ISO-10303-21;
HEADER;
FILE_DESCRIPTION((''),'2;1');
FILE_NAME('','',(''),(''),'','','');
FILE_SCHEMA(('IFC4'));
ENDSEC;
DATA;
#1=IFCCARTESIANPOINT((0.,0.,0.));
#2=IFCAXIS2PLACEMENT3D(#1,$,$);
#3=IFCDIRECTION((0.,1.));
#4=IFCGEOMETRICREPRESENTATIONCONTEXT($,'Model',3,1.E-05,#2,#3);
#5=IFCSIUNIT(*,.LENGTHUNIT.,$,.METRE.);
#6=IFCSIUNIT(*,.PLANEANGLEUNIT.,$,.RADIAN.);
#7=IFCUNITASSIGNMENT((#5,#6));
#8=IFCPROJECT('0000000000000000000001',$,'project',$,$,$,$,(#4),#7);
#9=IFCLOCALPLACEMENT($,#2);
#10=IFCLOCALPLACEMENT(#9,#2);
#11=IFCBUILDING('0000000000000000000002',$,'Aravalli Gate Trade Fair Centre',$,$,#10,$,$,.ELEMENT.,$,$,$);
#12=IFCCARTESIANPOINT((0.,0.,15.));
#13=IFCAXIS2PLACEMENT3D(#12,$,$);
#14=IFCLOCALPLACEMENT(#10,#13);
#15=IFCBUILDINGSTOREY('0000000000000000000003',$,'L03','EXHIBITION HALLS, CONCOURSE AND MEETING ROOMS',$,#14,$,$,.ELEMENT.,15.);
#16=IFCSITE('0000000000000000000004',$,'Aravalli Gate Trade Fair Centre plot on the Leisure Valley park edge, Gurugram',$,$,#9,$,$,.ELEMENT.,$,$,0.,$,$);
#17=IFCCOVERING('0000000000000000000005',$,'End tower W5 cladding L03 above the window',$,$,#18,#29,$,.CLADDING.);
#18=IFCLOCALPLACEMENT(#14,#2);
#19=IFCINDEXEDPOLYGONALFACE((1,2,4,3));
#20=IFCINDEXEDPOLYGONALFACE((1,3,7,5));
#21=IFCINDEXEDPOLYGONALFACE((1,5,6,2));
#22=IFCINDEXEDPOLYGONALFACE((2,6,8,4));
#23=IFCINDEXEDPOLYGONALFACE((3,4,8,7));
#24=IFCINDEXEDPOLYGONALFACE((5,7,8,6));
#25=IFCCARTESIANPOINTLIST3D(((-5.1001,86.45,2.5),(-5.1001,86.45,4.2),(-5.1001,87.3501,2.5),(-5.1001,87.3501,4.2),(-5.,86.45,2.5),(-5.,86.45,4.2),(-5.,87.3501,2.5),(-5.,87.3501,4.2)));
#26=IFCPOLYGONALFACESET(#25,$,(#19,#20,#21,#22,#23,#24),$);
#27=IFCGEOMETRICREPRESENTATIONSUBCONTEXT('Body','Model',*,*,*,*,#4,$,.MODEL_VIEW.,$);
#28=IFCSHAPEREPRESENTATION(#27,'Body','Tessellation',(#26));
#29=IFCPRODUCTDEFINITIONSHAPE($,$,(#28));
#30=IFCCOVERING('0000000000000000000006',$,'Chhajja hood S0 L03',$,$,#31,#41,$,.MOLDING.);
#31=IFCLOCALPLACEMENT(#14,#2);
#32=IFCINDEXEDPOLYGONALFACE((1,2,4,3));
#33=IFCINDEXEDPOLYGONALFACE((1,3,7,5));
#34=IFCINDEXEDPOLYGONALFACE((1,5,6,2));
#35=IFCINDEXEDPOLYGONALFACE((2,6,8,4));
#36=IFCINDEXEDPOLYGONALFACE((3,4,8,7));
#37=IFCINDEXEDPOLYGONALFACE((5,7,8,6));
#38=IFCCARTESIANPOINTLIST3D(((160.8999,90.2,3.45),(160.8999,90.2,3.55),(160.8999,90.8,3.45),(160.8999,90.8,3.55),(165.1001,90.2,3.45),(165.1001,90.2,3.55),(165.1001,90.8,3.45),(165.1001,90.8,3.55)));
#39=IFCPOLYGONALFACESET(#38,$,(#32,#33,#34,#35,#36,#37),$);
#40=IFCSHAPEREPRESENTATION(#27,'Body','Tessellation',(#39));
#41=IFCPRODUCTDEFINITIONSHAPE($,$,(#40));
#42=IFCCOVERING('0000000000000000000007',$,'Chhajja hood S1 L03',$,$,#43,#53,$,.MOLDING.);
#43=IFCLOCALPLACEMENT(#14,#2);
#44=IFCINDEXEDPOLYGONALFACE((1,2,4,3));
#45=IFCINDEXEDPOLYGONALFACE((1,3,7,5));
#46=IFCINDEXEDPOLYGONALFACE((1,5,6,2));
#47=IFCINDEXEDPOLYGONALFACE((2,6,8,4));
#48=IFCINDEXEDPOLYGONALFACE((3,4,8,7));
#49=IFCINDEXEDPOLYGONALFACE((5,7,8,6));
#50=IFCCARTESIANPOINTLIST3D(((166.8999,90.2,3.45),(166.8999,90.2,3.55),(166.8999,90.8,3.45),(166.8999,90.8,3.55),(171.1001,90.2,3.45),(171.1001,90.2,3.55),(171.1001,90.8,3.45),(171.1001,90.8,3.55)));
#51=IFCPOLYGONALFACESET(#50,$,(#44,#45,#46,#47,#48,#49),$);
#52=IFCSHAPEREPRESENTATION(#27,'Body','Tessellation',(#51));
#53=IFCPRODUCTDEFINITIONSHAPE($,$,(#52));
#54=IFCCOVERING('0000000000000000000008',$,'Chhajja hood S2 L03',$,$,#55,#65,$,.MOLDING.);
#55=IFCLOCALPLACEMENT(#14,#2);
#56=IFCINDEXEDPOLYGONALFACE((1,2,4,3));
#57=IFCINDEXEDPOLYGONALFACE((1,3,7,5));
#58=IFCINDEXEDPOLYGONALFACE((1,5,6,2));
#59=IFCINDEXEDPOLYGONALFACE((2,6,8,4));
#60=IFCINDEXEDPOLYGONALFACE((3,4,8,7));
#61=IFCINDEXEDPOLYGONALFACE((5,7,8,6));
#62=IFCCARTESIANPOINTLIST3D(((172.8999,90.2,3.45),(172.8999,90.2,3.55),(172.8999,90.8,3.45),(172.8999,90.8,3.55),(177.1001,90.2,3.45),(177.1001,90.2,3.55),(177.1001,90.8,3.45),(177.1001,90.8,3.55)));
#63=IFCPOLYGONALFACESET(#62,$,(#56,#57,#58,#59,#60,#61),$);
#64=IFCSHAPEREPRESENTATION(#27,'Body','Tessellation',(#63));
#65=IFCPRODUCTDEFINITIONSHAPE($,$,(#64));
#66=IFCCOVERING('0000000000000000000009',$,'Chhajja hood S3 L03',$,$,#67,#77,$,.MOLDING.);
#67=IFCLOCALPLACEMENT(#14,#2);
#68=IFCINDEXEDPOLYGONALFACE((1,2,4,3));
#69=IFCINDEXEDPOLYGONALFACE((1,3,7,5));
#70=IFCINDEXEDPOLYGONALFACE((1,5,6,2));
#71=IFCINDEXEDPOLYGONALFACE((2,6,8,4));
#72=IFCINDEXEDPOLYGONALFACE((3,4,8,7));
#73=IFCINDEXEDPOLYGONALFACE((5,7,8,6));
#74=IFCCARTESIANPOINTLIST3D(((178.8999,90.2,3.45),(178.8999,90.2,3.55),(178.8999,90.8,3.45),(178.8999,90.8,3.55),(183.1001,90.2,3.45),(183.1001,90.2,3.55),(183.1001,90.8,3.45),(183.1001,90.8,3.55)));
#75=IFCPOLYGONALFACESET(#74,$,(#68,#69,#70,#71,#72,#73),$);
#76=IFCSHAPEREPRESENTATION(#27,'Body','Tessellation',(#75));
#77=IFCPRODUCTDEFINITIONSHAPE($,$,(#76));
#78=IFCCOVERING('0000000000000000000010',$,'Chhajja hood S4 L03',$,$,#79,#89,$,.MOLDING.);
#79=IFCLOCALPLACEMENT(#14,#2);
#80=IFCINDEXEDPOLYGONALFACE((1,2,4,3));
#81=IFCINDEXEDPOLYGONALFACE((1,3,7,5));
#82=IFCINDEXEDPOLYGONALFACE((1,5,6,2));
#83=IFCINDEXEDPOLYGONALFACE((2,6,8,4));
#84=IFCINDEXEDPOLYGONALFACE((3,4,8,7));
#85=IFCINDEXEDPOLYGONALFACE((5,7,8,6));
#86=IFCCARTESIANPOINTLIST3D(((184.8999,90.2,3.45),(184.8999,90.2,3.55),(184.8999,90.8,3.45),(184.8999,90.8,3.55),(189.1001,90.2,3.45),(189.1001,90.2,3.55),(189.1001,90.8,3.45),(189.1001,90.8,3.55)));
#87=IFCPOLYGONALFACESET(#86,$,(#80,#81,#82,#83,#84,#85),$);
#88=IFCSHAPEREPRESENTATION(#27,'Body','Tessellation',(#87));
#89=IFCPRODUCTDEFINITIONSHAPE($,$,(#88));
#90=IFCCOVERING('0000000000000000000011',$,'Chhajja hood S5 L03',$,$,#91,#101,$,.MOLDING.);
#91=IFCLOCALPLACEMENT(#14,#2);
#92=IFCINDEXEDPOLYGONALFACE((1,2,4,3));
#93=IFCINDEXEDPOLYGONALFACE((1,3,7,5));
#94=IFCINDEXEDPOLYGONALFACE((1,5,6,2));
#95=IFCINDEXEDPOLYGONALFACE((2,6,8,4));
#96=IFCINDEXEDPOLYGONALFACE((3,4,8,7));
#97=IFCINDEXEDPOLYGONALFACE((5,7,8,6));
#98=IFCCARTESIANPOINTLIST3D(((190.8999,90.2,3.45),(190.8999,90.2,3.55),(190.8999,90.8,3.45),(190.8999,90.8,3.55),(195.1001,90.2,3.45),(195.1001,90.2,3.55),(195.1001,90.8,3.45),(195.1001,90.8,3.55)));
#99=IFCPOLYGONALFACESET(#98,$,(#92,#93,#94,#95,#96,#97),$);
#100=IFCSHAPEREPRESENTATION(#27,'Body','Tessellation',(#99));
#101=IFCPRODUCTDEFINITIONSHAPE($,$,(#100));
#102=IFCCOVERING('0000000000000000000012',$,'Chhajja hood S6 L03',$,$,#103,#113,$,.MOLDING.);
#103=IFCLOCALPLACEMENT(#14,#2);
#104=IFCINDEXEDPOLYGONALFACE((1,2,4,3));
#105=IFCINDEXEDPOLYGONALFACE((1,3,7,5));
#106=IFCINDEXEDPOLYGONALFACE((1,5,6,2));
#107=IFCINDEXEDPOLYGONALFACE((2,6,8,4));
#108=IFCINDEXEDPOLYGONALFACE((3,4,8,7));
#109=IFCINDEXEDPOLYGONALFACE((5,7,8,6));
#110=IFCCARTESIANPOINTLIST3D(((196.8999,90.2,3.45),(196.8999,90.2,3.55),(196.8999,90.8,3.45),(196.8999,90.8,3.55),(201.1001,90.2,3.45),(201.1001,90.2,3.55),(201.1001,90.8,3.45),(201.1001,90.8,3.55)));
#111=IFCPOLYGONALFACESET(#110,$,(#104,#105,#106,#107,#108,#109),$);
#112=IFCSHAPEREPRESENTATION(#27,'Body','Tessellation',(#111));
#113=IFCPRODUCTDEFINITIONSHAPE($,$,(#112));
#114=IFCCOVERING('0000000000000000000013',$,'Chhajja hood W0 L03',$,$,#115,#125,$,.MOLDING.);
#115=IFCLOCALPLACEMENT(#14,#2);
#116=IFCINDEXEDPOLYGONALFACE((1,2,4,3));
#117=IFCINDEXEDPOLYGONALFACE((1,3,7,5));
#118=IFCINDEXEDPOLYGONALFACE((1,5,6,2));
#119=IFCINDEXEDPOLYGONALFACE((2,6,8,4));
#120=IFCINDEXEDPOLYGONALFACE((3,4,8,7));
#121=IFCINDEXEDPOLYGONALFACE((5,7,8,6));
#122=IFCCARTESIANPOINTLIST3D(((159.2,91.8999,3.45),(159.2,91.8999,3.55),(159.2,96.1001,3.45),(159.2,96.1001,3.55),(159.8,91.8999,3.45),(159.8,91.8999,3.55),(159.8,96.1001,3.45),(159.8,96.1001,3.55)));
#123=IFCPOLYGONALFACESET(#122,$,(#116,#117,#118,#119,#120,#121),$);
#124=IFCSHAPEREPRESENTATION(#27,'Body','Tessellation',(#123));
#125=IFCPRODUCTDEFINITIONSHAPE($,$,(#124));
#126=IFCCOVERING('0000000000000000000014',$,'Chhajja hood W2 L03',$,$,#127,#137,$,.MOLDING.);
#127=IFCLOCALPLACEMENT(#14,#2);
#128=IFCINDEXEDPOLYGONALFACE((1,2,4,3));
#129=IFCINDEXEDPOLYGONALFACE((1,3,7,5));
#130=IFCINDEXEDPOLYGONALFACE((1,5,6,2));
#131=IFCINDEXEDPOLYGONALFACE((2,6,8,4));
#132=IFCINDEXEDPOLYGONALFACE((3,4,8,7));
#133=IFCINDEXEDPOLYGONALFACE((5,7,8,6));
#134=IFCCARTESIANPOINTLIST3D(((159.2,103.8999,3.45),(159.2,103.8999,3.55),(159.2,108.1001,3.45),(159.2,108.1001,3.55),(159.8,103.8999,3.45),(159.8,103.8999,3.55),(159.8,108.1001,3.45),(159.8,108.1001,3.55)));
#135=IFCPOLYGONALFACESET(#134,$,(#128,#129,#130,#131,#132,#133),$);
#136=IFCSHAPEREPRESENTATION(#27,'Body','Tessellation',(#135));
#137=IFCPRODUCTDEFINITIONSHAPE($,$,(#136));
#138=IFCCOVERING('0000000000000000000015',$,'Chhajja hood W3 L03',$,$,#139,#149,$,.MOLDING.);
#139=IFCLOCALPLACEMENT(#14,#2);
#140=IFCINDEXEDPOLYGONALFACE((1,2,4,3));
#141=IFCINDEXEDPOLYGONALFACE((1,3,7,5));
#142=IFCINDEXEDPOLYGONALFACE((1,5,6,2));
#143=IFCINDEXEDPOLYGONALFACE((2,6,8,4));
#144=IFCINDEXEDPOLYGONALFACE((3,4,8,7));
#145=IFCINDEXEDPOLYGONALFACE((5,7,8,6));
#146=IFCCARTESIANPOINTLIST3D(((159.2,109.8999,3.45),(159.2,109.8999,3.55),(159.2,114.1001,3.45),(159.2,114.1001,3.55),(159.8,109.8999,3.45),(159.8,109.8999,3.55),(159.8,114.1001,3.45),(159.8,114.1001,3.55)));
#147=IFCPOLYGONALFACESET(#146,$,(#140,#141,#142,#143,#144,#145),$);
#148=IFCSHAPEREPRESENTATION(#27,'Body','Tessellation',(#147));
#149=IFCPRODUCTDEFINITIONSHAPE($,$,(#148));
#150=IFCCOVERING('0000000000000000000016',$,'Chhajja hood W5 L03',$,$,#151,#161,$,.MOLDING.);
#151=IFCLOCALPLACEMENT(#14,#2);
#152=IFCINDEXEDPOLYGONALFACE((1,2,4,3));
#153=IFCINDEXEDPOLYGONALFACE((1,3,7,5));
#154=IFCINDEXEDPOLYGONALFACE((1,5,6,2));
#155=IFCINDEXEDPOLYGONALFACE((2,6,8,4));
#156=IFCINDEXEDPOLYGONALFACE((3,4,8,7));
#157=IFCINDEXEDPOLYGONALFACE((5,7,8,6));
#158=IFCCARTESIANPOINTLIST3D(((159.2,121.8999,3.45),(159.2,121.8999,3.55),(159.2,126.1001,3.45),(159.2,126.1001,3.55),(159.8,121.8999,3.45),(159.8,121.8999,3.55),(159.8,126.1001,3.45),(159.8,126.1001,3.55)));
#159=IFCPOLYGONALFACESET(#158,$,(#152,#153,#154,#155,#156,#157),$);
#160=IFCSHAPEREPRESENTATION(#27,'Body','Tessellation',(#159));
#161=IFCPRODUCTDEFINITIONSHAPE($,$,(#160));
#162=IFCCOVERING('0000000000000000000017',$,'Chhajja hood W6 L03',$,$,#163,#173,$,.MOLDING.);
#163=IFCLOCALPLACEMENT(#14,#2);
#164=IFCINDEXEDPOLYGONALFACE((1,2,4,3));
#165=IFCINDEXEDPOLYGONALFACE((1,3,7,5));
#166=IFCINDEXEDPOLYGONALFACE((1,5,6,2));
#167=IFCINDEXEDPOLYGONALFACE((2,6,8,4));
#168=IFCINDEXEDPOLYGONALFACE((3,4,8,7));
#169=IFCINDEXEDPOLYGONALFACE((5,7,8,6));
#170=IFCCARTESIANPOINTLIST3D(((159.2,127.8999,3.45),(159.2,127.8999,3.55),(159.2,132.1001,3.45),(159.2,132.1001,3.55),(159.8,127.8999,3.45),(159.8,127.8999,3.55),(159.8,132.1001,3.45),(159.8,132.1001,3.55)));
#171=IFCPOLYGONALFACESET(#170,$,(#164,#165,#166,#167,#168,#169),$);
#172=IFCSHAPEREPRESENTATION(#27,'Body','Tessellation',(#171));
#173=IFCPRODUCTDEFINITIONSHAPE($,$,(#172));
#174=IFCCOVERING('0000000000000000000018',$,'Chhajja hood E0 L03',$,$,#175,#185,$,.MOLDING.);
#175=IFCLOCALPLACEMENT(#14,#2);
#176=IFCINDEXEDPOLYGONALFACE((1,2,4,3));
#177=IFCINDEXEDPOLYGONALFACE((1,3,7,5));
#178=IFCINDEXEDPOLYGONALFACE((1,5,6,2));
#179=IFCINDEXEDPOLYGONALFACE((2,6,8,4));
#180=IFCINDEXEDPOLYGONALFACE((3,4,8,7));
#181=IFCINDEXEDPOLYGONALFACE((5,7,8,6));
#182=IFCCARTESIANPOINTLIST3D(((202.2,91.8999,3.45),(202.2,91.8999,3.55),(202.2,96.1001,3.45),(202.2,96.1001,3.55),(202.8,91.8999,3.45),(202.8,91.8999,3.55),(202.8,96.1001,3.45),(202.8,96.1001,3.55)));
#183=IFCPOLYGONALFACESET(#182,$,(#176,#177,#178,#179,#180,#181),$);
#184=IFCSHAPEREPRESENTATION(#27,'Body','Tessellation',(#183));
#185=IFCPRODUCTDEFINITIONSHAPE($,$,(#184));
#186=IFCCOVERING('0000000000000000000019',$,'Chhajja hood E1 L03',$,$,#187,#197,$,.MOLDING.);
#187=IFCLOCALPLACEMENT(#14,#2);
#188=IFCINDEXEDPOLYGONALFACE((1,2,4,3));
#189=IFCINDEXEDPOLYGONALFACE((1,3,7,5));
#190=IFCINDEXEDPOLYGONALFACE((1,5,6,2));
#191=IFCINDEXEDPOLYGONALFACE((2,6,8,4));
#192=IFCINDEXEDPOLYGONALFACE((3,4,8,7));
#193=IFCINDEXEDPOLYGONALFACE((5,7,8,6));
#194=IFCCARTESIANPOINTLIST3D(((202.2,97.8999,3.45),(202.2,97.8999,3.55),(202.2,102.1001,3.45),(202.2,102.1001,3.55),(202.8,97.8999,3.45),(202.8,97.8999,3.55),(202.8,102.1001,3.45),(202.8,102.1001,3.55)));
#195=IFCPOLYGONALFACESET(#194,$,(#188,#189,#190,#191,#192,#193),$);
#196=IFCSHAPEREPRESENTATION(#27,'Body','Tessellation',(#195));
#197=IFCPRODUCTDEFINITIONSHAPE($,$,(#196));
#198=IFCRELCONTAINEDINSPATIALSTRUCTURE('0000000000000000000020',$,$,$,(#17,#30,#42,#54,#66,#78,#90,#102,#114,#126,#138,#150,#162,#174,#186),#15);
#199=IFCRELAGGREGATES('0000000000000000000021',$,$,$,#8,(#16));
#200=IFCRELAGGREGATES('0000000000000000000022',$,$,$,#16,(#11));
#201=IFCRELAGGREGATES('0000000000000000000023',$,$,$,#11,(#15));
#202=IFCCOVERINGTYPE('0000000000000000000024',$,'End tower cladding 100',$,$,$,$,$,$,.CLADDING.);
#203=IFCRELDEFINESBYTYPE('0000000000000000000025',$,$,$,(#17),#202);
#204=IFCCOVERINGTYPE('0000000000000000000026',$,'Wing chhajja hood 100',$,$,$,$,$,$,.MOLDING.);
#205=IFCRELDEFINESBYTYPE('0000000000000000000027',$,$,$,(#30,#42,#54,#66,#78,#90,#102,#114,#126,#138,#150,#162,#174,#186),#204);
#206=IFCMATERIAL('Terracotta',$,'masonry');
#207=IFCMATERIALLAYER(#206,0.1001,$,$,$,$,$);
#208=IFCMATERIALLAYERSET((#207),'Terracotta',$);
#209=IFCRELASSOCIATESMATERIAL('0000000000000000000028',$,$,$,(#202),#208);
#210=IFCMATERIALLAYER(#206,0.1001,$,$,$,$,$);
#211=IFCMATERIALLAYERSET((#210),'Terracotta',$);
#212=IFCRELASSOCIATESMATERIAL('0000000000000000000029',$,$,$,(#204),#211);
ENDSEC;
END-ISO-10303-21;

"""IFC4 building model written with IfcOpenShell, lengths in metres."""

from ifc_helpers import new_model, si_unit, direction, frame, origin, place, context, subcontext, project, spatial, polyline, outline, extrude, material, layer, layer_set, type_object, element, save


model = new_model("IFC4")

# Units and contexts
model_context = context("Model", 3, precision=1e-05, world=origin(), true_north=direction((0.0, 1.0)))
body_context = subcontext(model_context, "Body", "Model", "MODEL_VIEW")
ifc_project = project(units=[si_unit("LENGTHUNIT", "METRE"), si_unit("PLANEANGLEUNIT", "RADIAN")], contexts=[model_context])

# Site, building, storey
site_placement = place(None, origin())
site = spatial("IfcSite", under=ifc_project, at=site_placement, Name="Aravalli Gate Trade Fair Centre plot on the Leisure Valley park edge, Gurugram", CompositionType="ELEMENT", RefElevation=0.0)
building_placement = place(site_placement, origin())
building = spatial("IfcBuilding", under=site, at=building_placement, Name="Aravalli Gate Trade Fair Centre", CompositionType="ELEMENT")
storey_placement = place(building_placement, frame((0.0, 0.0, 15.0)))
storey = spatial("IfcBuildingStorey", under=building, at=storey_placement, Name="L03", Description="EXHIBITION HALLS, CONCOURSE AND MEETING ROOMS", CompositionType="ELEMENT", Elevation=15.0)

# Coverings
ifc_material_1 = material(Name="Terracotta", Category="masonry")
ifc_layer_1 = layer(ifc_material_1, 0.1001)
ifc_layer_set_1 = layer_set([ifc_layer_1], Name="Terracotta")
covering_type_1 = type_object("IfcCoveringType", Name="End tower cladding 100", PredefinedType="CLADDING", material=ifc_layer_set_1)
covering_1_placement = place(storey_placement, frame((0.0, 0.0, 2.5)))
element("IfcCovering", 1, at=covering_1_placement, inside=storey, type_object=covering_type_1, Name="End tower W5 cladding L03 above the window", PredefinedType="CLADDING", context=body_context, shape_type="SweptSolid", body=[
    extrude(outline(polyline([(-5.0, 86.45), (-5.1001, 86.45), (-5.1001, 87.3501), (-5.0, 87.3501), (-5.0, 86.45)])), origin(), (0.0, 0.0, 1.0), 1.7),
])
ifc_layer_2 = layer(ifc_material_1, 0.1001)
ifc_layer_set_2 = layer_set([ifc_layer_2], Name="Terracotta")
covering_type_2 = type_object("IfcCoveringType", Name="Wing chhajja hood 100", PredefinedType="MOLDING", material=ifc_layer_set_2)
covering_2_placement = place(storey_placement, frame((0.0, 0.0, 3.45)))
element("IfcCovering", 2, at=covering_2_placement, inside=storey, type_object=covering_type_2, Name="Chhajja hood S0 L03", PredefinedType="MOLDING", context=body_context, shape_type="SweptSolid", body=[
    extrude(outline(polyline([(160.8999, 90.2), (165.1001, 90.2), (165.1001, 90.8), (160.8999, 90.8), (160.8999, 90.2)])), origin(), (0.0, 0.0, 1.0), 0.1001),
])
covering_3_placement = place(storey_placement, frame((0.0, 0.0, 3.45)))
element("IfcCovering", 3, at=covering_3_placement, inside=storey, type_object=covering_type_2, Name="Chhajja hood S1 L03", PredefinedType="MOLDING", context=body_context, shape_type="SweptSolid", body=[
    extrude(outline(polyline([(166.8999, 90.2), (171.1001, 90.2), (171.1001, 90.8), (166.8999, 90.8), (166.8999, 90.2)])), origin(), (0.0, 0.0, 1.0), 0.1001),
])
covering_4_placement = place(storey_placement, frame((0.0, 0.0, 3.45)))
element("IfcCovering", 4, at=covering_4_placement, inside=storey, type_object=covering_type_2, Name="Chhajja hood S2 L03", PredefinedType="MOLDING", context=body_context, shape_type="SweptSolid", body=[
    extrude(outline(polyline([(172.8999, 90.2), (177.1001, 90.2), (177.1001, 90.8), (172.8999, 90.8), (172.8999, 90.2)])), origin(), (0.0, 0.0, 1.0), 0.1001),
])
covering_5_placement = place(storey_placement, frame((0.0, 0.0, 3.45)))
element("IfcCovering", 5, at=covering_5_placement, inside=storey, type_object=covering_type_2, Name="Chhajja hood S3 L03", PredefinedType="MOLDING", context=body_context, shape_type="SweptSolid", body=[
    extrude(outline(polyline([(178.8999, 90.2), (183.1001, 90.2), (183.1001, 90.8), (178.8999, 90.8), (178.8999, 90.2)])), origin(), (0.0, 0.0, 1.0), 0.1001),
])
covering_6_placement = place(storey_placement, frame((0.0, 0.0, 3.45)))
element("IfcCovering", 6, at=covering_6_placement, inside=storey, type_object=covering_type_2, Name="Chhajja hood S4 L03", PredefinedType="MOLDING", context=body_context, shape_type="SweptSolid", body=[
    extrude(outline(polyline([(184.8999, 90.2), (189.1001, 90.2), (189.1001, 90.8), (184.8999, 90.8), (184.8999, 90.2)])), origin(), (0.0, 0.0, 1.0), 0.1001),
])
covering_7_placement = place(storey_placement, frame((0.0, 0.0, 3.45)))
element("IfcCovering", 7, at=covering_7_placement, inside=storey, type_object=covering_type_2, Name="Chhajja hood S5 L03", PredefinedType="MOLDING", context=body_context, shape_type="SweptSolid", body=[
    extrude(outline(polyline([(190.8999, 90.2), (195.1001, 90.2), (195.1001, 90.8), (190.8999, 90.8), (190.8999, 90.2)])), origin(), (0.0, 0.0, 1.0), 0.1001),
])
covering_8_placement = place(storey_placement, frame((0.0, 0.0, 3.45)))
element("IfcCovering", 8, at=covering_8_placement, inside=storey, type_object=covering_type_2, Name="Chhajja hood S6 L03", PredefinedType="MOLDING", context=body_context, shape_type="SweptSolid", body=[
    extrude(outline(polyline([(196.8999, 90.2), (201.1001, 90.2), (201.1001, 90.8), (196.8999, 90.8), (196.8999, 90.2)])), origin(), (0.0, 0.0, 1.0), 0.1001),
])
covering_9_placement = place(storey_placement, frame((0.0, 0.0, 3.45)))
element("IfcCovering", 9, at=covering_9_placement, inside=storey, type_object=covering_type_2, Name="Chhajja hood W0 L03", PredefinedType="MOLDING", context=body_context, shape_type="SweptSolid", body=[
    extrude(outline(polyline([(159.2, 91.8999), (159.8, 91.8999), (159.8, 96.1001), (159.2, 96.1001), (159.2, 91.8999)])), origin(), (0.0, 0.0, 1.0), 0.1001),
])
covering_10_placement = place(storey_placement, frame((0.0, 0.0, 3.45)))
element("IfcCovering", 10, at=covering_10_placement, inside=storey, type_object=covering_type_2, Name="Chhajja hood W2 L03", PredefinedType="MOLDING", context=body_context, shape_type="SweptSolid", body=[
    extrude(outline(polyline([(159.2, 103.8999), (159.8, 103.8999), (159.8, 108.1001), (159.2, 108.1001), (159.2, 103.8999)])), origin(), (0.0, 0.0, 1.0), 0.1001),
])
covering_11_placement = place(storey_placement, frame((0.0, 0.0, 3.45)))
element("IfcCovering", 11, at=covering_11_placement, inside=storey, type_object=covering_type_2, Name="Chhajja hood W3 L03", PredefinedType="MOLDING", context=body_context, shape_type="SweptSolid", body=[
    extrude(outline(polyline([(159.2, 109.8999), (159.8, 109.8999), (159.8, 114.1001), (159.2, 114.1001), (159.2, 109.8999)])), origin(), (0.0, 0.0, 1.0), 0.1001),
])
covering_12_placement = place(storey_placement, frame((0.0, 0.0, 3.45)))
element("IfcCovering", 12, at=covering_12_placement, inside=storey, type_object=covering_type_2, Name="Chhajja hood W5 L03", PredefinedType="MOLDING", context=body_context, shape_type="SweptSolid", body=[
    extrude(outline(polyline([(159.2, 121.8999), (159.8, 121.8999), (159.8, 126.1001), (159.2, 126.1001), (159.2, 121.8999)])), origin(), (0.0, 0.0, 1.0), 0.1001),
])
covering_13_placement = place(storey_placement, frame((0.0, 0.0, 3.45)))
element("IfcCovering", 13, at=covering_13_placement, inside=storey, type_object=covering_type_2, Name="Chhajja hood W6 L03", PredefinedType="MOLDING", context=body_context, shape_type="SweptSolid", body=[
    extrude(outline(polyline([(159.2, 127.8999), (159.8, 127.8999), (159.8, 132.1001), (159.2, 132.1001), (159.2, 127.8999)])), origin(), (0.0, 0.0, 1.0), 0.1001),
])
covering_14_placement = place(storey_placement, frame((0.0, 0.0, 3.45)))
element("IfcCovering", 14, at=covering_14_placement, inside=storey, type_object=covering_type_2, Name="Chhajja hood E0 L03", PredefinedType="MOLDING", context=body_context, shape_type="SweptSolid", body=[
    extrude(outline(polyline([(202.2, 91.8999), (202.8, 91.8999), (202.8, 96.1001), (202.2, 96.1001), (202.2, 91.8999)])), origin(), (0.0, 0.0, 1.0), 0.1001),
])
covering_15_placement = place(storey_placement, frame((0.0, 0.0, 3.45)))
element("IfcCovering", 15, at=covering_15_placement, inside=storey, type_object=covering_type_2, Name="Chhajja hood E1 L03", PredefinedType="MOLDING", context=body_context, shape_type="SweptSolid", body=[
    extrude(outline(polyline([(202.2, 97.8999), (202.8, 97.8999), (202.8, 102.1001), (202.2, 102.1001), (202.2, 97.8999)])), origin(), (0.0, 0.0, 1.0), 0.1001),
])

save(model, "model.ifc")
